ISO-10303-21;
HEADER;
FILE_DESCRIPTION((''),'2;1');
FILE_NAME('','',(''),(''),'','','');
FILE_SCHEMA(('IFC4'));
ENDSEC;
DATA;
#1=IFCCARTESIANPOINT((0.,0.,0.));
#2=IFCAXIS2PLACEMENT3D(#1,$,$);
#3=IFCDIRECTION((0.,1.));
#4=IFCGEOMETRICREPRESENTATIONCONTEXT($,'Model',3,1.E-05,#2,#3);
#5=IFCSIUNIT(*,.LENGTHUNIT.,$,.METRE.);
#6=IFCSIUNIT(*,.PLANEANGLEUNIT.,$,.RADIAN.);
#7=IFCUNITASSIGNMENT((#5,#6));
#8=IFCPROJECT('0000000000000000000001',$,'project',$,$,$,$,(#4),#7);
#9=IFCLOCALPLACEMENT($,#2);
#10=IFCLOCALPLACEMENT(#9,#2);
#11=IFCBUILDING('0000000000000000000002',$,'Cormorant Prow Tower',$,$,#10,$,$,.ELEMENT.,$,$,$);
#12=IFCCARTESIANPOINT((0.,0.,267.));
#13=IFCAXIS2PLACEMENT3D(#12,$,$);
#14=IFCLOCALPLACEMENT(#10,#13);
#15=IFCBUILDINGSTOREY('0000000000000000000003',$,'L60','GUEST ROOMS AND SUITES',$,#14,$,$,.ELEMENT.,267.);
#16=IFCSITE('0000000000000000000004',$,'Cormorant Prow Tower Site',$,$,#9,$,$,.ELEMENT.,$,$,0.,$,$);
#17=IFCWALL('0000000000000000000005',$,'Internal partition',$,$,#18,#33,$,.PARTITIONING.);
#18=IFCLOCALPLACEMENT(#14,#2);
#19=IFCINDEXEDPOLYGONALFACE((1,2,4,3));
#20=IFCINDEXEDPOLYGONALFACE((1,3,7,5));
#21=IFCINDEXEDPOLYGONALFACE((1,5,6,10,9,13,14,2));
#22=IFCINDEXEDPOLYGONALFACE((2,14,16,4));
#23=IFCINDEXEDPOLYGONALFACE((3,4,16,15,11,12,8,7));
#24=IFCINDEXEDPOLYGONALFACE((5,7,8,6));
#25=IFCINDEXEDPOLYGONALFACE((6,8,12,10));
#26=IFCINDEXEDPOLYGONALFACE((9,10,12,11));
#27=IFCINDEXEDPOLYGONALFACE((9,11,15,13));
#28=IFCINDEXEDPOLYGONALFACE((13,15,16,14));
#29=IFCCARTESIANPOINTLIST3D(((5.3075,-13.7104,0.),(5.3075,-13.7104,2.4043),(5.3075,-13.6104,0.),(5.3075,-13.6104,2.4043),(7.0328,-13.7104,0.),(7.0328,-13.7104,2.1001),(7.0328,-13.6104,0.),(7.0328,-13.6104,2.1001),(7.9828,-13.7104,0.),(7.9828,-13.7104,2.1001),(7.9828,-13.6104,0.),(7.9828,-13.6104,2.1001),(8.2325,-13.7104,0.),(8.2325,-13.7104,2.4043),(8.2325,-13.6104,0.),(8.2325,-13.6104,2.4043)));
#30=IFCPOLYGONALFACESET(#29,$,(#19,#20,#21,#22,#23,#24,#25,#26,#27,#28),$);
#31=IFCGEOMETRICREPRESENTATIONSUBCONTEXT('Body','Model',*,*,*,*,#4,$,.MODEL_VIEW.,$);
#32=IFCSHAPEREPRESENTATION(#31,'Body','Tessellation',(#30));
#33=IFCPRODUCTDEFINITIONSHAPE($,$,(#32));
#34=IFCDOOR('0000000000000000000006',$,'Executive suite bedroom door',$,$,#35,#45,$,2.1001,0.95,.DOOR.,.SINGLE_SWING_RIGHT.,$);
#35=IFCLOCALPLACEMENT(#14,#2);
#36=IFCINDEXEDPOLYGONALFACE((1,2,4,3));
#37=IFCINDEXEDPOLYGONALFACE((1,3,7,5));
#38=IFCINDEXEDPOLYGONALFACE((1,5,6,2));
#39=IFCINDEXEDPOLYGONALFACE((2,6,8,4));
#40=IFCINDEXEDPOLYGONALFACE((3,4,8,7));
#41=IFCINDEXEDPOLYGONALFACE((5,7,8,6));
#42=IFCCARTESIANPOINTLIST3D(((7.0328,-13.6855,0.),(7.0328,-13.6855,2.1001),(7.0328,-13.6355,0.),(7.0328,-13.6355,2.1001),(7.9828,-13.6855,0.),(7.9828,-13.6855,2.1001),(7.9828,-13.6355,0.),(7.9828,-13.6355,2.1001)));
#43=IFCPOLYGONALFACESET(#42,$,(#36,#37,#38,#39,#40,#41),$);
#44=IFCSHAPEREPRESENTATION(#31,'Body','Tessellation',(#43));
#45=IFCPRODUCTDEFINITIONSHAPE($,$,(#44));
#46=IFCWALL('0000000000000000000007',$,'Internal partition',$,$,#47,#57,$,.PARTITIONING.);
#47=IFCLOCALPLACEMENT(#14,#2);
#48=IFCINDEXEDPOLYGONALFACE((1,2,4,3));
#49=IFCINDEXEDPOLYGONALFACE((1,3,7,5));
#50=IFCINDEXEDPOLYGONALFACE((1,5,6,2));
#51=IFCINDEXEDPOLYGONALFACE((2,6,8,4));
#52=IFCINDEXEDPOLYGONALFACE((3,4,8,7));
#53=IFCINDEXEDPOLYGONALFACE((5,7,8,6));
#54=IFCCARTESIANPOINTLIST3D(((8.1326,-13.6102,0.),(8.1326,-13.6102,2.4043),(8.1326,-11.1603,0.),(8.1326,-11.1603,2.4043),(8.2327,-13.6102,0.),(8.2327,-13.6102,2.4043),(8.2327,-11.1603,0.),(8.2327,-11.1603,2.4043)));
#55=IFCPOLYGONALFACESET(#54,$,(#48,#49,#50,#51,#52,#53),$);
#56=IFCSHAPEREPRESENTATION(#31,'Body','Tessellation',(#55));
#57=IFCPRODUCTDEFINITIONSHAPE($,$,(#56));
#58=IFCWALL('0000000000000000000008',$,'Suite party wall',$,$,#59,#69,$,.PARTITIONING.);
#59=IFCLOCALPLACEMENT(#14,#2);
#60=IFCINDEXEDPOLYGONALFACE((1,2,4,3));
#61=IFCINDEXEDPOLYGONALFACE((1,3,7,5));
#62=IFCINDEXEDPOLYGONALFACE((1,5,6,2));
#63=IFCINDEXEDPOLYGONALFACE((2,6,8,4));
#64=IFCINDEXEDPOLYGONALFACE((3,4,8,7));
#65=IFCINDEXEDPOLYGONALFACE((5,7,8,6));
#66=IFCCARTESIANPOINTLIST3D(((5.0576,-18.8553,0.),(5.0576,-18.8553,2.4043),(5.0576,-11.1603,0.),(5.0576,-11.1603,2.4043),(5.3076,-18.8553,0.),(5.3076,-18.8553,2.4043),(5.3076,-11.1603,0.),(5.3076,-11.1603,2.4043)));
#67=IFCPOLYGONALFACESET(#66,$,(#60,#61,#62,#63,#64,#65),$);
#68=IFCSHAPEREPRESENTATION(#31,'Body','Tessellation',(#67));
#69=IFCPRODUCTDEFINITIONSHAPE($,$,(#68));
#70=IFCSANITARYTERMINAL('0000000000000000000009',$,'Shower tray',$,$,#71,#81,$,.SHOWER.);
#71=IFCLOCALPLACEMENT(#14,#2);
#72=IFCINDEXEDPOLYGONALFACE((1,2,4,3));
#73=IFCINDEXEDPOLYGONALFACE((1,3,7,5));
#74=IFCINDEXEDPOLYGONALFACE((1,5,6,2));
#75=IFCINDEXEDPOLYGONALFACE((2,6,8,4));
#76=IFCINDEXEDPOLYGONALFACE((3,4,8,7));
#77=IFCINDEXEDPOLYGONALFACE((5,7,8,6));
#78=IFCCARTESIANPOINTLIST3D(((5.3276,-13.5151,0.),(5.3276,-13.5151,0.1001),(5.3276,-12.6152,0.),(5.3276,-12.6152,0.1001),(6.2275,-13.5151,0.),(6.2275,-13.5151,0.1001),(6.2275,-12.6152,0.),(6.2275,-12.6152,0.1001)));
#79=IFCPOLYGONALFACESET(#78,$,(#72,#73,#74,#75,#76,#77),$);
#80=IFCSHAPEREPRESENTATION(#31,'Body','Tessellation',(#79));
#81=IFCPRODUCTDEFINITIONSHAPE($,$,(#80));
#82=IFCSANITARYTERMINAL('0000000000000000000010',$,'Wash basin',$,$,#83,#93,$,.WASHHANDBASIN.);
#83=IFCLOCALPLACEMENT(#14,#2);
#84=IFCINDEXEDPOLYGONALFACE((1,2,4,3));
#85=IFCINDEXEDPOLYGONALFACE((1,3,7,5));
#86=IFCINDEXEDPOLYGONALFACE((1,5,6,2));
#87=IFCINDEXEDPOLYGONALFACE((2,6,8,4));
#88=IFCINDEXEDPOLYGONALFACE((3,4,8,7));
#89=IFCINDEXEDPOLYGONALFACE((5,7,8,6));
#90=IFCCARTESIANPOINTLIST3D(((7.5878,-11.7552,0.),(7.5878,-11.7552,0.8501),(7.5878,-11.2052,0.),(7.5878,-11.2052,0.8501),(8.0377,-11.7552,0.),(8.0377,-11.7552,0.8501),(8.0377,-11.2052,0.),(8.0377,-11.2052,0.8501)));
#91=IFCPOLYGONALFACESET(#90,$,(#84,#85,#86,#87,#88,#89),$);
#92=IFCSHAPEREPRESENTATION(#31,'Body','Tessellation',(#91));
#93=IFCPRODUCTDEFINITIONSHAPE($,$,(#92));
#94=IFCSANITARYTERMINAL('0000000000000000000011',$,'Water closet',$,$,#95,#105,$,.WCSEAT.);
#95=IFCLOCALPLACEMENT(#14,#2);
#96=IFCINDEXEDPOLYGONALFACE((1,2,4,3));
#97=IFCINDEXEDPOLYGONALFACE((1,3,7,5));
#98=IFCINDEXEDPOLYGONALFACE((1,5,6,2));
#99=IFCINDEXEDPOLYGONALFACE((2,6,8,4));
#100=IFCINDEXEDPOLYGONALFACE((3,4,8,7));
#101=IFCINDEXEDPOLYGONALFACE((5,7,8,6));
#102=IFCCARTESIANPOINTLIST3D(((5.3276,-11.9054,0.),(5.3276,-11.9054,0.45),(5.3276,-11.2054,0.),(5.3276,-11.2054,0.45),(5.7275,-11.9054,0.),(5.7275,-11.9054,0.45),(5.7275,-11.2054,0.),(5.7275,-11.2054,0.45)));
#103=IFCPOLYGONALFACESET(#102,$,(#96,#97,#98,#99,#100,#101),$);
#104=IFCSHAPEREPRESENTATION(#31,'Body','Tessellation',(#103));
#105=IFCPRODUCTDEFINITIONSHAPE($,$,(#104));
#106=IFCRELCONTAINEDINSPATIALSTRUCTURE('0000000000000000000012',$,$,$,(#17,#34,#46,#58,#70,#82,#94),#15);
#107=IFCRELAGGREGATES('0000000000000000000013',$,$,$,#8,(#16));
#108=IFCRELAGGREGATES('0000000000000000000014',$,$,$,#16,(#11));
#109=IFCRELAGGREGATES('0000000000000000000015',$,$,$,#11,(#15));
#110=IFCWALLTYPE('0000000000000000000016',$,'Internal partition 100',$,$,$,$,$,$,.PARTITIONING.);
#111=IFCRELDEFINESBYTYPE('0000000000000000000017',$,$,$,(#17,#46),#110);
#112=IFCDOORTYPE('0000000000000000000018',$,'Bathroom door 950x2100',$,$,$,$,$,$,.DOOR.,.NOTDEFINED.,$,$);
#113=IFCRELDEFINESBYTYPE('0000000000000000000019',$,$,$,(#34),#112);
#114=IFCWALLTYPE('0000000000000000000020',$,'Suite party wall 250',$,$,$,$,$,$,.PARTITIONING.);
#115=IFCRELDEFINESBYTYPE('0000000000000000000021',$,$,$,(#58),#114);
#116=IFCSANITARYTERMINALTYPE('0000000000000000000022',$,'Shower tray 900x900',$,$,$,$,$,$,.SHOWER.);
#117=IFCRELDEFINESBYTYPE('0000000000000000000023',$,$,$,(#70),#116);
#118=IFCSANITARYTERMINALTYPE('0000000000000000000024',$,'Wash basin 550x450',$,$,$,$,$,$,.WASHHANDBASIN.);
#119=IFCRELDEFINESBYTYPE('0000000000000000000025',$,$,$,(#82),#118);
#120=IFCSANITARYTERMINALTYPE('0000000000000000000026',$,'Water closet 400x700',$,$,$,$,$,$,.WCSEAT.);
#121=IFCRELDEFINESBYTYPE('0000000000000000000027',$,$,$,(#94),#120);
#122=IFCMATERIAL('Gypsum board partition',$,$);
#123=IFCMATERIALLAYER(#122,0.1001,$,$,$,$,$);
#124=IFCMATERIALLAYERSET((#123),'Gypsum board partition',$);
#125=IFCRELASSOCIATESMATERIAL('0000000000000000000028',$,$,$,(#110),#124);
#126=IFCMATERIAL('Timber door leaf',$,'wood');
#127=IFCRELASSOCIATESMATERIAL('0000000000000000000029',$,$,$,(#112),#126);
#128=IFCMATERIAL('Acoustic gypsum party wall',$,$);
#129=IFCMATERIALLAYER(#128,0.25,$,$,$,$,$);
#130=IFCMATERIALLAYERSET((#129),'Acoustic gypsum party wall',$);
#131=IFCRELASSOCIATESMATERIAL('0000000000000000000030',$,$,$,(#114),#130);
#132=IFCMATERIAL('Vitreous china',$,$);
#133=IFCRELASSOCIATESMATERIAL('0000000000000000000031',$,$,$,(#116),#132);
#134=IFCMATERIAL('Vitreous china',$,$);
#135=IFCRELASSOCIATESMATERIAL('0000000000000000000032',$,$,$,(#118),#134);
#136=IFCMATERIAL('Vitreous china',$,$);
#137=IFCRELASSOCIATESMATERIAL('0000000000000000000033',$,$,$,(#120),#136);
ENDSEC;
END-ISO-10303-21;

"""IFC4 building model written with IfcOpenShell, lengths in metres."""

from ifc_helpers import new_model, si_unit, direction, frame, frame_2d, origin, origin_2d, place, context, subcontext, project, spatial, rectangle, extrude, material, layer, layer_set, type_object, element, fill, save


model = new_model("IFC4")

# Units and contexts
model_context = context("Model", 3, precision=1e-05, world=origin(), true_north=direction((0.0, 1.0)))
body_context = subcontext(model_context, "Body", "Model", "MODEL_VIEW")
ifc_project = project(units=[si_unit("LENGTHUNIT", "METRE"), si_unit("PLANEANGLEUNIT", "RADIAN")], contexts=[model_context])

# Site, building, storey
site_placement = place(None, origin())
site = spatial("IfcSite", under=ifc_project, at=site_placement, Name="Cormorant Prow Tower Site", CompositionType="ELEMENT", RefElevation=0.0)
building_placement = place(site_placement, origin())
building = spatial("IfcBuilding", under=site, at=building_placement, Name="Cormorant Prow Tower", CompositionType="ELEMENT")
storey_placement = place(building_placement, frame((0.0, 0.0, 267.0)))
storey = spatial("IfcBuildingStorey", under=building, at=storey_placement, Name="L60", Description="GUEST ROOMS AND SUITES", CompositionType="ELEMENT", Elevation=267.0)

# Wall, opening, door
ifc_material_1 = material(Name="Gypsum board partition")
ifc_layer_1 = layer(ifc_material_1, 0.1001)
ifc_layer_set_1 = layer_set([ifc_layer_1], Name="Gypsum board partition")
wall_type_1 = type_object("IfcWallType", Name="Internal partition 100", PredefinedType="PARTITIONING", material=ifc_layer_set_1)
wall_1_placement = place(storey_placement, frame((5.3076, -13.6604, 0.0), z_axis=(0.0, 0.0, 1.0), x_axis=(1.0, 0.0, 0.0)))
wall_1 = element("IfcWall", 1, at=wall_1_placement, inside=storey, type_object=wall_type_1, Name="Internal partition", PredefinedType="PARTITIONING", context=body_context, shape_type="SweptSolid", body=[
    extrude(rectangle(XDim=2.925, YDim=0.1001, at=frame_2d((1.4624, 0.0))), origin(), (0.0, 0.0, 1.0), 2.4043),
])
opening_1_placement = place(wall_1_placement, frame((1.7251, 0.0, 0.0)))
opening_1 = element("IfcOpeningElement", 2, at=opening_1_placement, cuts=wall_1, PredefinedType="OPENING", context=body_context, shape_type="SweptSolid", body=[
    extrude(rectangle(XDim=0.95, YDim=2.1001, at=frame_2d((0.4751, 1.05))), frame((0.0, 0.0601, 0.0), z_axis=(0.0, -1.0, 0.0), x_axis=(1.0, 0.0, 0.0)), (0.0, 0.0, 1.0), 0.1201),
])
ifc_material_2 = material(Name="Timber door leaf", Category="wood")
door_type_1 = type_object("IfcDoorType", Name="Bathroom door 950x2100", OperationType="NOTDEFINED", PredefinedType="DOOR", material=ifc_material_2)
door_1_placement = place(opening_1_placement, origin())
door_1 = element("IfcDoor", 3, at=door_1_placement, inside=storey, type_object=door_type_1, Name="Executive suite bedroom door", OperationType="SINGLE_SWING_RIGHT", OverallHeight=2.1001, OverallWidth=0.95, PredefinedType="DOOR", context=body_context, shape_type="SweptSolid", body=[
    extrude(rectangle(XDim=0.95, YDim=2.1001, at=frame_2d((0.4751, 1.05))), frame((0.0, 0.0249, 0.0), z_axis=(0.0, -1.0, 0.0), x_axis=(1.0, 0.0, 0.0)), (0.0, 0.0, 1.0), 0.05),
])
fill(opening_1, door_1)

# Walls
wall_2_placement = place(storey_placement, frame((8.1826, -13.6104, 0.0), z_axis=(0.0, 0.0, 1.0), x_axis=(0.0, 1.0, 0.0)))
element("IfcWall", 4, at=wall_2_placement, inside=storey, type_object=wall_type_1, Name="Internal partition", PredefinedType="PARTITIONING", context=body_context, shape_type="SweptSolid", body=[
    extrude(rectangle(XDim=2.45, YDim=0.1001, at=frame_2d((1.2251, 0.0))), origin(), (0.0, 0.0, 1.0), 2.4043),
])
ifc_material_3 = material(Name="Acoustic gypsum party wall")
ifc_layer_2 = layer(ifc_material_3, 0.25)
ifc_layer_set_2 = layer_set([ifc_layer_2], Name="Acoustic gypsum party wall")
wall_type_2 = type_object("IfcWallType", Name="Suite party wall 250", PredefinedType="PARTITIONING", material=ifc_layer_set_2)
wall_3_placement = place(storey_placement, frame((5.1826, -18.8555, 0.0), z_axis=(0.0, 0.0, 1.0), x_axis=(0.0, 1.0, 0.0)))
element("IfcWall", 5, at=wall_3_placement, inside=storey, type_object=wall_type_2, Name="Suite party wall", PredefinedType="PARTITIONING", context=body_context, shape_type="SweptSolid", body=[
    extrude(rectangle(XDim=7.6951, YDim=0.25, at=frame_2d((3.8477, 0.0))), origin(), (0.0, 0.0, 1.0), 2.4043),
])

# Sanitary terminals
ifc_material_4 = material(Name="Vitreous china")
sanitary_terminal_type_1 = type_object("IfcSanitaryTerminalType", Name="Shower tray 900x900", PredefinedType="SHOWER", material=ifc_material_4)
sanitary_terminal_1_placement = place(storey_placement, frame((5.7776, -13.0652, 0.0), z_axis=(0.0, 0.0, 1.0), x_axis=(0.0, 1.0, 0.0)))
element("IfcSanitaryTerminal", 6, at=sanitary_terminal_1_placement, inside=storey, type_object=sanitary_terminal_type_1, Name="Shower tray", PredefinedType="SHOWER", context=body_context, shape_type="SweptSolid", body=[
    extrude(rectangle(XDim=0.8999, YDim=0.8999, at=origin_2d()), origin(), (0.0, 0.0, 1.0), 0.1001),
])
ifc_material_5 = material(Name="Vitreous china")
sanitary_terminal_type_2 = type_object("IfcSanitaryTerminalType", Name="Wash basin 550x450", PredefinedType="WASHHANDBASIN", material=ifc_material_5)
sanitary_terminal_2_placement = place(storey_placement, frame((7.8127, -11.4802, 0.0), z_axis=(0.0, 0.0, 1.0), x_axis=(0.0, -1.0, 0.0)))
element("IfcSanitaryTerminal", 7, at=sanitary_terminal_2_placement, inside=storey, type_object=sanitary_terminal_type_2, Name="Wash basin", PredefinedType="WASHHANDBASIN", context=body_context, shape_type="SweptSolid", body=[
    extrude(rectangle(XDim=0.55, YDim=0.45, at=origin_2d()), origin(), (0.0, 0.0, 1.0), 0.8501),
])
ifc_material_6 = material(Name="Vitreous china")
sanitary_terminal_type_3 = type_object("IfcSanitaryTerminalType", Name="Water closet 400x700", PredefinedType="WCSEAT", material=ifc_material_6)
sanitary_terminal_3_placement = place(storey_placement, frame((5.5276, -11.5554, 0.0), z_axis=(0.0, 0.0, 1.0), x_axis=(1.0, 0.0, 0.0)))
element("IfcSanitaryTerminal", 8, at=sanitary_terminal_3_placement, inside=storey, type_object=sanitary_terminal_type_3, Name="Water closet", PredefinedType="WCSEAT", context=body_context, shape_type="SweptSolid", body=[
    extrude(rectangle(XDim=0.3999, YDim=0.7, at=origin_2d()), origin(), (0.0, 0.0, 1.0), 0.45),
])

save(model, "model.ifc")
